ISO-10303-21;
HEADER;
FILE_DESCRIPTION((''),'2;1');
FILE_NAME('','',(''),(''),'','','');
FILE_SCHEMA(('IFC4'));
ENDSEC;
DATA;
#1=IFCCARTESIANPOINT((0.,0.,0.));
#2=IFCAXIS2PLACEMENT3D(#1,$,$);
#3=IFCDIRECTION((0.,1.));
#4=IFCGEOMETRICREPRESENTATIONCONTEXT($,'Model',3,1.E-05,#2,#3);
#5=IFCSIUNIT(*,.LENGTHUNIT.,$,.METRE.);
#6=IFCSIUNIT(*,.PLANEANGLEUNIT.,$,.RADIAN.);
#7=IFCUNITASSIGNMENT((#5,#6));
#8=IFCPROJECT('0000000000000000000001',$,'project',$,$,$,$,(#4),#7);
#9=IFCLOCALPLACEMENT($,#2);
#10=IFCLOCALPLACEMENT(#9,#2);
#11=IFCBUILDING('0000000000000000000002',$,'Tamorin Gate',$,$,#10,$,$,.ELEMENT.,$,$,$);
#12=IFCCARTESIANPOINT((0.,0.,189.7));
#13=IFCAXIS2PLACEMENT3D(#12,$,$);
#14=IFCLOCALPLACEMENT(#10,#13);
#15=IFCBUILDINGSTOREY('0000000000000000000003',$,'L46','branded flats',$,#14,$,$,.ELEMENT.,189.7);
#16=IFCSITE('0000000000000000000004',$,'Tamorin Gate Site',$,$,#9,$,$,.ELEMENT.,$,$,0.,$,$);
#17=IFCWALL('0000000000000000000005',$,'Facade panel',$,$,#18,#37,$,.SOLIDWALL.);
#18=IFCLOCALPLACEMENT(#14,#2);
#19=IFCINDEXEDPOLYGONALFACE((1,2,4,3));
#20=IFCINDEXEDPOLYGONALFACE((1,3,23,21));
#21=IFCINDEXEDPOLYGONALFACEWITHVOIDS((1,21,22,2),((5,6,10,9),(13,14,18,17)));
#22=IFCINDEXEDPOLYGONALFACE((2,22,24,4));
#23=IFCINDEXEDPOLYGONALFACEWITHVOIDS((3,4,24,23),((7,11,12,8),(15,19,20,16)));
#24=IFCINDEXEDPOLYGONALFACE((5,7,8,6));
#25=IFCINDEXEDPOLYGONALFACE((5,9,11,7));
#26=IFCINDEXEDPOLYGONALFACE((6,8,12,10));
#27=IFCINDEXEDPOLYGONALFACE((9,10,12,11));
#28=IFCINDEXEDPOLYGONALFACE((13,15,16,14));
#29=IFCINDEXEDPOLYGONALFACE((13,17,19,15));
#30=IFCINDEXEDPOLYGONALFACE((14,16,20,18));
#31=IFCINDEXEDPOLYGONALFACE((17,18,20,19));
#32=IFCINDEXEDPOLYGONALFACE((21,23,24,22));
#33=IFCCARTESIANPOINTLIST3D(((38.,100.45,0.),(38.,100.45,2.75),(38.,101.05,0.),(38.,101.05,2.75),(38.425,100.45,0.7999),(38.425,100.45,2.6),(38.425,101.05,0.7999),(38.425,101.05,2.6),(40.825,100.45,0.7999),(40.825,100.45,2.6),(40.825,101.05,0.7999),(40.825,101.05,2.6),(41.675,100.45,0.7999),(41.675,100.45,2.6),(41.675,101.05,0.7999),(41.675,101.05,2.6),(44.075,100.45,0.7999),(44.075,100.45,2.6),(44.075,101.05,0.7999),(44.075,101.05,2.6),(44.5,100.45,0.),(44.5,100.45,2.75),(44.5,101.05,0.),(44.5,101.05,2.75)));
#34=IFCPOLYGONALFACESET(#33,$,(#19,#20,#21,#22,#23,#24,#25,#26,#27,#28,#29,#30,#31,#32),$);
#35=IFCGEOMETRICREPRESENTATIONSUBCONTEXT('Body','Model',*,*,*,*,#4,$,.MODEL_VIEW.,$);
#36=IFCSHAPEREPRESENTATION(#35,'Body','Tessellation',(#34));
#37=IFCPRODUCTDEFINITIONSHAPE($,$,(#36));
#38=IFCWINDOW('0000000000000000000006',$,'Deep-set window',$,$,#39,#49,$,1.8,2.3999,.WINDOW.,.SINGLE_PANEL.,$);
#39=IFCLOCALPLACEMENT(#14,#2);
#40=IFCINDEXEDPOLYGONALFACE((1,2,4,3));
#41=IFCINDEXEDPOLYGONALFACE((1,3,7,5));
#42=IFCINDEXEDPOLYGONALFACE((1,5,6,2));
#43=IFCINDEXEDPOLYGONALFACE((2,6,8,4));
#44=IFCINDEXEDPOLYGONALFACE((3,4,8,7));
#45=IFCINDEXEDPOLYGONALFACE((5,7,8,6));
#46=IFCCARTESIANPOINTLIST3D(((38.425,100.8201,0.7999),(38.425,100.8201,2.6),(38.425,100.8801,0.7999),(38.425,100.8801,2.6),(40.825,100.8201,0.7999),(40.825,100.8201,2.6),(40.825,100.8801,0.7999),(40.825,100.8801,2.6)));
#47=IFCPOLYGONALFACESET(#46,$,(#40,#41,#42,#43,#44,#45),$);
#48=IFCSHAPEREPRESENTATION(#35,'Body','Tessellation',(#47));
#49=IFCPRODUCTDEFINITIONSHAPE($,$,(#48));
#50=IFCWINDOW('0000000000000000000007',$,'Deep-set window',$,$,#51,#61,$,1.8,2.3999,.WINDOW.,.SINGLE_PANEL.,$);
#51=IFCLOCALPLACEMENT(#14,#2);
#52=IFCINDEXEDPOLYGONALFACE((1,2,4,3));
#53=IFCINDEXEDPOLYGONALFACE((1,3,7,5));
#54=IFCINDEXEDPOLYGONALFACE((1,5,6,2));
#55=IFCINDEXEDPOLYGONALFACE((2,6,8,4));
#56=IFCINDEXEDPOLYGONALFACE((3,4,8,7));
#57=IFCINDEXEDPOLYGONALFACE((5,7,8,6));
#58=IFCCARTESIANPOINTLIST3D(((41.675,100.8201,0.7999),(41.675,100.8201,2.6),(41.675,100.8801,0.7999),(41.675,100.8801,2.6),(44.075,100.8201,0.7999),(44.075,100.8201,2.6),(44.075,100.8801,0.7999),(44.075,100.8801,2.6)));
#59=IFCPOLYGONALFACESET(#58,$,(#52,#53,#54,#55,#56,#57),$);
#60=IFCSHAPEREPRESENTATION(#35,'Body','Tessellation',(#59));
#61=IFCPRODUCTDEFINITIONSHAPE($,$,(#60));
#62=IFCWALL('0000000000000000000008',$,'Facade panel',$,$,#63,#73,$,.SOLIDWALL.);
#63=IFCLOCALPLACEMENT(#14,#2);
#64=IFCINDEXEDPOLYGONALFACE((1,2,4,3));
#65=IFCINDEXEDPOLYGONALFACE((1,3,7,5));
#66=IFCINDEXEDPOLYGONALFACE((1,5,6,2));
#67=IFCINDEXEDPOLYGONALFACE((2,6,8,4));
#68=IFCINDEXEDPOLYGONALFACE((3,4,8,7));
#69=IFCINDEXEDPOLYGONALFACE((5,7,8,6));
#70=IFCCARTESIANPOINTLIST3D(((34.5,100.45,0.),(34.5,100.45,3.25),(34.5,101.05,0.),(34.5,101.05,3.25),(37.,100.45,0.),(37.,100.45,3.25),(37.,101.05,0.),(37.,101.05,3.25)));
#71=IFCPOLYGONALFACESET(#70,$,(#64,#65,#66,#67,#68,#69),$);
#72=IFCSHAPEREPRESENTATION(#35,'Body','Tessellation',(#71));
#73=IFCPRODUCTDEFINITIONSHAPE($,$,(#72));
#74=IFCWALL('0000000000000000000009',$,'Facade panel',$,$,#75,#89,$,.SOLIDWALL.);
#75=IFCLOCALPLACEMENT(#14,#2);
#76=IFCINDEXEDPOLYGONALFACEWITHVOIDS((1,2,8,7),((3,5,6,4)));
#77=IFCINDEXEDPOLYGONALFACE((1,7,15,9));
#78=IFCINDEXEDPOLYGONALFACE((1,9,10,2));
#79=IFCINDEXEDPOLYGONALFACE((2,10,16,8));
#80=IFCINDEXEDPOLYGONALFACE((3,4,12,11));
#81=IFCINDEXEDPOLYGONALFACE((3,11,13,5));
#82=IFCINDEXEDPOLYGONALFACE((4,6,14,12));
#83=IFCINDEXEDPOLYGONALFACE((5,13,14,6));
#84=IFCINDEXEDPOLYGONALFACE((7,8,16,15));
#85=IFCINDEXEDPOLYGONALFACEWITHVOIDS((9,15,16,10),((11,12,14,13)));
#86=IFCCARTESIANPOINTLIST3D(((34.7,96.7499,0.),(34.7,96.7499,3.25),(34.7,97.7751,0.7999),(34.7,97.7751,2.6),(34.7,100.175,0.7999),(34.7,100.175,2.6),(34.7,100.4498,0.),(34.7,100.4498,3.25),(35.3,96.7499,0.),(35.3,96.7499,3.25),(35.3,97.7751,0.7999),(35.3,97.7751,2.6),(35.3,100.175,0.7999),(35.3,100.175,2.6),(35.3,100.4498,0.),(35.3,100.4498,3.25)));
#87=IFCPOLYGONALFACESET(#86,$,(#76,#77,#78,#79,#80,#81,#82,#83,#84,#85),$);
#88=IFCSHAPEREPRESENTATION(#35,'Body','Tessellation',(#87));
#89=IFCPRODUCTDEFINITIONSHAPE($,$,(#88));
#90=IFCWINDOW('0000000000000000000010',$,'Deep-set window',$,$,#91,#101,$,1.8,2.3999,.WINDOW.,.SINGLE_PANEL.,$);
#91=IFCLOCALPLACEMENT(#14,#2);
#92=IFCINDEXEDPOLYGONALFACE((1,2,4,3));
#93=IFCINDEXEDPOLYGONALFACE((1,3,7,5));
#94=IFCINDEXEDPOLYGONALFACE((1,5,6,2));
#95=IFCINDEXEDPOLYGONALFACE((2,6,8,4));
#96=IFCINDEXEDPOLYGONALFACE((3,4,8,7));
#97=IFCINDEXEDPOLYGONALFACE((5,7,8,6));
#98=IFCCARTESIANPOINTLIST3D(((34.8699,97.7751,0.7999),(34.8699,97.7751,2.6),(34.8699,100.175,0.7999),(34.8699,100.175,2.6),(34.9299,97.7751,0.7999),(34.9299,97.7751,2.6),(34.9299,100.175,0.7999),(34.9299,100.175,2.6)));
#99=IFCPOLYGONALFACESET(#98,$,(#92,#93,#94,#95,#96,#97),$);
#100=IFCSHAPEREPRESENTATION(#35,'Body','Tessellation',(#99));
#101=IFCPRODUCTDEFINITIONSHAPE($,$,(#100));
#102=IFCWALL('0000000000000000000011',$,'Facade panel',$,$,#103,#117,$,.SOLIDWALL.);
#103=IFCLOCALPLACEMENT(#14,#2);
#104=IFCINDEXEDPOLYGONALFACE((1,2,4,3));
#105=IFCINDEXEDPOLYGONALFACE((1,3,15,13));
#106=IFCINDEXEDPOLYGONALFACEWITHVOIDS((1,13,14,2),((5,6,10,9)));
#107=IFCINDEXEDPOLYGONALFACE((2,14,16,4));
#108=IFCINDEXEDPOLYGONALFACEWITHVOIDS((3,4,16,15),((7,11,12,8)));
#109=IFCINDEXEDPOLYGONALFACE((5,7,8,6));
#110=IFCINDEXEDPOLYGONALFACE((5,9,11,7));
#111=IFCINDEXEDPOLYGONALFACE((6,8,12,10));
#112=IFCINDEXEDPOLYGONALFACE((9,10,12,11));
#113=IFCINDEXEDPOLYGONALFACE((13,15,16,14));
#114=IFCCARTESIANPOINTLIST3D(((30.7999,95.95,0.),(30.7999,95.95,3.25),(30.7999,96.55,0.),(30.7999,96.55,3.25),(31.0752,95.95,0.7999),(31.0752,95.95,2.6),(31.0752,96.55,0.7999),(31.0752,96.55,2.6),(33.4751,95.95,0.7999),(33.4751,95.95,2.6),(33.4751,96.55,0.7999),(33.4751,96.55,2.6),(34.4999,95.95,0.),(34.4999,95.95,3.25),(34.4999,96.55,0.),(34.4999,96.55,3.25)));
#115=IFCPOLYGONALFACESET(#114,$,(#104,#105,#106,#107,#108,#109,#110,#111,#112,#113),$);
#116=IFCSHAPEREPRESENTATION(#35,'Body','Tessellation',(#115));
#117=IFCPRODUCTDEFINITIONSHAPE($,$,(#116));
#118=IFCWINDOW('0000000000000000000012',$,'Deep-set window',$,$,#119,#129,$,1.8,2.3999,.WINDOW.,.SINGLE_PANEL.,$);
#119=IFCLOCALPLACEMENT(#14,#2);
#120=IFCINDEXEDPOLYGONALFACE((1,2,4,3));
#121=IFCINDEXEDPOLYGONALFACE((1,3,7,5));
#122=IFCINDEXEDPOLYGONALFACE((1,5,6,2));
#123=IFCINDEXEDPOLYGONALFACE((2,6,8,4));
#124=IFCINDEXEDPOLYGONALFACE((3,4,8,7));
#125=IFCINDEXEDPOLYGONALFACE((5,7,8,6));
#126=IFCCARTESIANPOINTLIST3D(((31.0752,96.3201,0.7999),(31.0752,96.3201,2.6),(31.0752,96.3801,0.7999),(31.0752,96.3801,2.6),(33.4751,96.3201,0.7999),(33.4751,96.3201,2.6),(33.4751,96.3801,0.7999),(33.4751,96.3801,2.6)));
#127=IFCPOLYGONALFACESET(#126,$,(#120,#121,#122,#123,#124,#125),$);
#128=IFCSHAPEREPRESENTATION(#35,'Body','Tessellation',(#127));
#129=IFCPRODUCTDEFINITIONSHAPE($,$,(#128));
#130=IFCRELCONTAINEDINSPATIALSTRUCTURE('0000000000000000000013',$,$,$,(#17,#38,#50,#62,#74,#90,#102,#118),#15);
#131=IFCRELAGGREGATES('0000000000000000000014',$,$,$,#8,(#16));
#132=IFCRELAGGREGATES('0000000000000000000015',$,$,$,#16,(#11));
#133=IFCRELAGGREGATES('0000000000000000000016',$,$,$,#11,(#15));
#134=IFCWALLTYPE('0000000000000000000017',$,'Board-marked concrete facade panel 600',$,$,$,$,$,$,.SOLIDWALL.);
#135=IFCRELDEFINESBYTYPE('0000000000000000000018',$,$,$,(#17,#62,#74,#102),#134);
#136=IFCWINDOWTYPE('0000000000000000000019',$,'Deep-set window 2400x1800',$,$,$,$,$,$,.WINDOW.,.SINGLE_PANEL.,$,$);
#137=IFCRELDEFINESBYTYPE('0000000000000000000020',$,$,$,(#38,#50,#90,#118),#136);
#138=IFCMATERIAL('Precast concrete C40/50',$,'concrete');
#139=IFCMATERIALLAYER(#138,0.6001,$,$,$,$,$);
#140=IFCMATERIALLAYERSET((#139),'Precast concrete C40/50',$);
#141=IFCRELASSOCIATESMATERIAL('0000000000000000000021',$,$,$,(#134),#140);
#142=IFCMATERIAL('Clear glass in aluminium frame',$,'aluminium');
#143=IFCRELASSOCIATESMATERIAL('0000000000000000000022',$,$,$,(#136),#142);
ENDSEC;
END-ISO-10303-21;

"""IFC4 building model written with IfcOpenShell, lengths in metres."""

from ifc_helpers import new_model, si_unit, direction, frame, frame_2d, origin, place, context, subcontext, project, spatial, rectangle, extrude, material, layer, layer_set, type_object, element, fill, save


model = new_model("IFC4")

# Units and contexts
model_context = context("Model", 3, precision=1e-05, world=origin(), true_north=direction((0.0, 1.0)))
body_context = subcontext(model_context, "Body", "Model", "MODEL_VIEW")
ifc_project = project(units=[si_unit("LENGTHUNIT", "METRE"), si_unit("PLANEANGLEUNIT", "RADIAN")], contexts=[model_context])

# Site, building, storey
site_placement = place(None, origin())
site = spatial("IfcSite", under=ifc_project, at=site_placement, Name="Tamorin Gate Site", CompositionType="ELEMENT", RefElevation=0.0)
building_placement = place(site_placement, origin())
building = spatial("IfcBuilding", under=site, at=building_placement, Name="Tamorin Gate", CompositionType="ELEMENT")
storey_placement = place(building_placement, frame((0.0, 0.0, 189.7)))
storey = spatial("IfcBuildingStorey", under=building, at=storey_placement, Name="L46", Description="branded flats", CompositionType="ELEMENT", Elevation=189.7)

# Wall, openings, windows
ifc_material_1 = material(Name="Precast concrete C40/50", Category="concrete")
ifc_layer_1 = layer(ifc_material_1, 0.6001)
ifc_layer_set_1 = layer_set([ifc_layer_1], Name="Precast concrete C40/50")
wall_type_1 = type_object("IfcWallType", Name="Board-marked concrete facade panel 600", PredefinedType="SOLIDWALL", material=ifc_layer_set_1)
ifc_material_2 = material(Name="Clear glass in aluminium frame", Category="aluminium")
window_type_1 = type_object("IfcWindowType", Name="Deep-set window 2400x1800", PartitioningType="SINGLE_PANEL", PredefinedType="WINDOW", material=ifc_material_2)
wall_1_placement = place(storey_placement, frame((44.5, 100.75, 0.0), z_axis=(0.0, 0.0, 1.0), x_axis=(-1.0, 0.0, 0.0)))
wall_1 = element("IfcWall", 1, at=wall_1_placement, inside=storey, type_object=wall_type_1, Name="Facade panel", PredefinedType="SOLIDWALL", context=body_context, shape_type="SweptSolid", body=[
    extrude(rectangle(XDim=6.5, YDim=0.6001, at=frame_2d((3.25, 0.0))), origin(), (0.0, 0.0, 1.0), 2.75),
])
opening_1_placement = place(wall_1_placement, frame((3.675, 0.0, 0.8)))
opening_1 = element("IfcOpeningElement", 2, at=opening_1_placement, cuts=wall_1, PredefinedType="OPENING", context=body_context, shape_type="SweptSolid", body=[
    extrude(rectangle(XDim=2.3999, YDim=1.8, at=frame_2d((1.2, 0.8999))), frame((0.0, 0.3101, 0.0), z_axis=(0.0, -1.0, 0.0), x_axis=(1.0, 0.0, 0.0)), (0.0, 0.0, 1.0), 0.6201),
])
opening_2_placement = place(wall_1_placement, frame((0.425, 0.0, 0.8)))
opening_2 = element("IfcOpeningElement", 3, at=opening_2_placement, cuts=wall_1, PredefinedType="OPENING", context=body_context, shape_type="SweptSolid", body=[
    extrude(rectangle(XDim=2.3999, YDim=1.8, at=frame_2d((1.2, 0.8999))), frame((0.0, 0.3101, 0.0), z_axis=(0.0, -1.0, 0.0), x_axis=(1.0, 0.0, 0.0)), (0.0, 0.0, 1.0), 0.6201),
])
window_1_placement = place(opening_1_placement, origin())
window_1 = element("IfcWindow", 4, at=window_1_placement, inside=storey, type_object=window_type_1, Name="Deep-set window", OverallHeight=1.8, OverallWidth=2.3999, PartitioningType="SINGLE_PANEL", PredefinedType="WINDOW", context=body_context, shape_type="SweptSolid", body=[
    extrude(rectangle(XDim=2.3999, YDim=1.8, at=frame_2d((1.2, 0.8999))), frame((0.0, -0.0701, 0.0), z_axis=(0.0, -1.0, 0.0), x_axis=(1.0, 0.0, 0.0)), (0.0, 0.0, 1.0), 0.0601),
])
fill(opening_1, window_1)
window_2_placement = place(opening_2_placement, origin())
window_2 = element("IfcWindow", 5, at=window_2_placement, inside=storey, type_object=window_type_1, Name="Deep-set window", OverallHeight=1.8, OverallWidth=2.3999, PartitioningType="SINGLE_PANEL", PredefinedType="WINDOW", context=body_context, shape_type="SweptSolid", body=[
    extrude(rectangle(XDim=2.3999, YDim=1.8, at=frame_2d((1.2, 0.8999))), frame((0.0, -0.0701, 0.0), z_axis=(0.0, -1.0, 0.0), x_axis=(1.0, 0.0, 0.0)), (0.0, 0.0, 1.0), 0.0601),
])
fill(opening_2, window_2)

# Wall
wall_2_placement = place(storey_placement, frame((37.0, 100.75, 0.0), z_axis=(0.0, 0.0, 1.0), x_axis=(-1.0, 0.0, 0.0)))
element("IfcWall", 6, at=wall_2_placement, inside=storey, type_object=wall_type_1, Name="Facade panel", PredefinedType="SOLIDWALL", context=body_context, shape_type="SweptSolid", body=[
    extrude(rectangle(XDim=2.5, YDim=0.6001, at=frame_2d((1.25, 0.0))), origin(), (0.0, 0.0, 1.0), 3.25),
])

# Walls, openings, windows
wall_3_placement = place(storey_placement, frame((35.0, 100.45, 0.0), z_axis=(0.0, 0.0, 1.0), x_axis=(0.0, -1.0, 0.0)))
wall_3 = element("IfcWall", 7, at=wall_3_placement, inside=storey, type_object=wall_type_1, Name="Facade panel", PredefinedType="SOLIDWALL", context=body_context, shape_type="SweptSolid", body=[
    extrude(rectangle(XDim=3.7, YDim=0.6001, at=frame_2d((1.8501, 0.0))), origin(), (0.0, 0.0, 1.0), 3.25),
])
opening_3_placement = place(wall_3_placement, frame((0.2749, 0.0, 0.8)))
opening_3 = element("IfcOpeningElement", 8, at=opening_3_placement, cuts=wall_3, PredefinedType="OPENING", context=body_context, shape_type="SweptSolid", body=[
    extrude(rectangle(XDim=2.3999, YDim=1.8, at=frame_2d((1.2, 0.8999))), frame((0.0, 0.3101, 0.0), z_axis=(0.0, -1.0, 0.0), x_axis=(1.0, 0.0, 0.0)), (0.0, 0.0, 1.0), 0.6201),
])
window_3_placement = place(opening_3_placement, origin())
window_3 = element("IfcWindow", 9, at=window_3_placement, inside=storey, type_object=window_type_1, Name="Deep-set window", OverallHeight=1.8, OverallWidth=2.3999, PartitioningType="SINGLE_PANEL", PredefinedType="WINDOW", context=body_context, shape_type="SweptSolid", body=[
    extrude(rectangle(XDim=2.3999, YDim=1.8, at=frame_2d((1.2, 0.8999))), frame((0.0, -0.0701, 0.0), z_axis=(0.0, -1.0, 0.0), x_axis=(1.0, 0.0, 0.0)), (0.0, 0.0, 1.0), 0.0601),
])
fill(opening_3, window_3)
wall_4_placement = place(storey_placement, frame((34.5, 96.25, 0.0), z_axis=(0.0, 0.0, 1.0), x_axis=(-1.0, 0.0, 0.0)))
wall_4 = element("IfcWall", 10, at=wall_4_placement, inside=storey, type_object=wall_type_1, Name="Facade panel", PredefinedType="SOLIDWALL", context=body_context, shape_type="SweptSolid", body=[
    extrude(rectangle(XDim=3.7, YDim=0.6001, at=frame_2d((1.8501, 0.0))), origin(), (0.0, 0.0, 1.0), 3.25),
])
opening_4_placement = place(wall_4_placement, frame((1.0249, 0.0, 0.8)))
opening_4 = element("IfcOpeningElement", 11, at=opening_4_placement, cuts=wall_4, PredefinedType="OPENING", context=body_context, shape_type="SweptSolid", body=[
    extrude(rectangle(XDim=2.3999, YDim=1.8, at=frame_2d((1.2, 0.8999))), frame((0.0, 0.3101, 0.0), z_axis=(0.0, -1.0, 0.0), x_axis=(1.0, 0.0, 0.0)), (0.0, 0.0, 1.0), 0.6201),
])
window_4_placement = place(opening_4_placement, origin())
window_4 = element("IfcWindow", 12, at=window_4_placement, inside=storey, type_object=window_type_1, Name="Deep-set window", OverallHeight=1.8, OverallWidth=2.3999, PartitioningType="SINGLE_PANEL", PredefinedType="WINDOW", context=body_context, shape_type="SweptSolid", body=[
    extrude(rectangle(XDim=2.3999, YDim=1.8, at=frame_2d((1.2, 0.8999))), frame((0.0, -0.0701, 0.0), z_axis=(0.0, -1.0, 0.0), x_axis=(1.0, 0.0, 0.0)), (0.0, 0.0, 1.0), 0.0601),
])
fill(opening_4, window_4)

save(model, "model.ifc")
